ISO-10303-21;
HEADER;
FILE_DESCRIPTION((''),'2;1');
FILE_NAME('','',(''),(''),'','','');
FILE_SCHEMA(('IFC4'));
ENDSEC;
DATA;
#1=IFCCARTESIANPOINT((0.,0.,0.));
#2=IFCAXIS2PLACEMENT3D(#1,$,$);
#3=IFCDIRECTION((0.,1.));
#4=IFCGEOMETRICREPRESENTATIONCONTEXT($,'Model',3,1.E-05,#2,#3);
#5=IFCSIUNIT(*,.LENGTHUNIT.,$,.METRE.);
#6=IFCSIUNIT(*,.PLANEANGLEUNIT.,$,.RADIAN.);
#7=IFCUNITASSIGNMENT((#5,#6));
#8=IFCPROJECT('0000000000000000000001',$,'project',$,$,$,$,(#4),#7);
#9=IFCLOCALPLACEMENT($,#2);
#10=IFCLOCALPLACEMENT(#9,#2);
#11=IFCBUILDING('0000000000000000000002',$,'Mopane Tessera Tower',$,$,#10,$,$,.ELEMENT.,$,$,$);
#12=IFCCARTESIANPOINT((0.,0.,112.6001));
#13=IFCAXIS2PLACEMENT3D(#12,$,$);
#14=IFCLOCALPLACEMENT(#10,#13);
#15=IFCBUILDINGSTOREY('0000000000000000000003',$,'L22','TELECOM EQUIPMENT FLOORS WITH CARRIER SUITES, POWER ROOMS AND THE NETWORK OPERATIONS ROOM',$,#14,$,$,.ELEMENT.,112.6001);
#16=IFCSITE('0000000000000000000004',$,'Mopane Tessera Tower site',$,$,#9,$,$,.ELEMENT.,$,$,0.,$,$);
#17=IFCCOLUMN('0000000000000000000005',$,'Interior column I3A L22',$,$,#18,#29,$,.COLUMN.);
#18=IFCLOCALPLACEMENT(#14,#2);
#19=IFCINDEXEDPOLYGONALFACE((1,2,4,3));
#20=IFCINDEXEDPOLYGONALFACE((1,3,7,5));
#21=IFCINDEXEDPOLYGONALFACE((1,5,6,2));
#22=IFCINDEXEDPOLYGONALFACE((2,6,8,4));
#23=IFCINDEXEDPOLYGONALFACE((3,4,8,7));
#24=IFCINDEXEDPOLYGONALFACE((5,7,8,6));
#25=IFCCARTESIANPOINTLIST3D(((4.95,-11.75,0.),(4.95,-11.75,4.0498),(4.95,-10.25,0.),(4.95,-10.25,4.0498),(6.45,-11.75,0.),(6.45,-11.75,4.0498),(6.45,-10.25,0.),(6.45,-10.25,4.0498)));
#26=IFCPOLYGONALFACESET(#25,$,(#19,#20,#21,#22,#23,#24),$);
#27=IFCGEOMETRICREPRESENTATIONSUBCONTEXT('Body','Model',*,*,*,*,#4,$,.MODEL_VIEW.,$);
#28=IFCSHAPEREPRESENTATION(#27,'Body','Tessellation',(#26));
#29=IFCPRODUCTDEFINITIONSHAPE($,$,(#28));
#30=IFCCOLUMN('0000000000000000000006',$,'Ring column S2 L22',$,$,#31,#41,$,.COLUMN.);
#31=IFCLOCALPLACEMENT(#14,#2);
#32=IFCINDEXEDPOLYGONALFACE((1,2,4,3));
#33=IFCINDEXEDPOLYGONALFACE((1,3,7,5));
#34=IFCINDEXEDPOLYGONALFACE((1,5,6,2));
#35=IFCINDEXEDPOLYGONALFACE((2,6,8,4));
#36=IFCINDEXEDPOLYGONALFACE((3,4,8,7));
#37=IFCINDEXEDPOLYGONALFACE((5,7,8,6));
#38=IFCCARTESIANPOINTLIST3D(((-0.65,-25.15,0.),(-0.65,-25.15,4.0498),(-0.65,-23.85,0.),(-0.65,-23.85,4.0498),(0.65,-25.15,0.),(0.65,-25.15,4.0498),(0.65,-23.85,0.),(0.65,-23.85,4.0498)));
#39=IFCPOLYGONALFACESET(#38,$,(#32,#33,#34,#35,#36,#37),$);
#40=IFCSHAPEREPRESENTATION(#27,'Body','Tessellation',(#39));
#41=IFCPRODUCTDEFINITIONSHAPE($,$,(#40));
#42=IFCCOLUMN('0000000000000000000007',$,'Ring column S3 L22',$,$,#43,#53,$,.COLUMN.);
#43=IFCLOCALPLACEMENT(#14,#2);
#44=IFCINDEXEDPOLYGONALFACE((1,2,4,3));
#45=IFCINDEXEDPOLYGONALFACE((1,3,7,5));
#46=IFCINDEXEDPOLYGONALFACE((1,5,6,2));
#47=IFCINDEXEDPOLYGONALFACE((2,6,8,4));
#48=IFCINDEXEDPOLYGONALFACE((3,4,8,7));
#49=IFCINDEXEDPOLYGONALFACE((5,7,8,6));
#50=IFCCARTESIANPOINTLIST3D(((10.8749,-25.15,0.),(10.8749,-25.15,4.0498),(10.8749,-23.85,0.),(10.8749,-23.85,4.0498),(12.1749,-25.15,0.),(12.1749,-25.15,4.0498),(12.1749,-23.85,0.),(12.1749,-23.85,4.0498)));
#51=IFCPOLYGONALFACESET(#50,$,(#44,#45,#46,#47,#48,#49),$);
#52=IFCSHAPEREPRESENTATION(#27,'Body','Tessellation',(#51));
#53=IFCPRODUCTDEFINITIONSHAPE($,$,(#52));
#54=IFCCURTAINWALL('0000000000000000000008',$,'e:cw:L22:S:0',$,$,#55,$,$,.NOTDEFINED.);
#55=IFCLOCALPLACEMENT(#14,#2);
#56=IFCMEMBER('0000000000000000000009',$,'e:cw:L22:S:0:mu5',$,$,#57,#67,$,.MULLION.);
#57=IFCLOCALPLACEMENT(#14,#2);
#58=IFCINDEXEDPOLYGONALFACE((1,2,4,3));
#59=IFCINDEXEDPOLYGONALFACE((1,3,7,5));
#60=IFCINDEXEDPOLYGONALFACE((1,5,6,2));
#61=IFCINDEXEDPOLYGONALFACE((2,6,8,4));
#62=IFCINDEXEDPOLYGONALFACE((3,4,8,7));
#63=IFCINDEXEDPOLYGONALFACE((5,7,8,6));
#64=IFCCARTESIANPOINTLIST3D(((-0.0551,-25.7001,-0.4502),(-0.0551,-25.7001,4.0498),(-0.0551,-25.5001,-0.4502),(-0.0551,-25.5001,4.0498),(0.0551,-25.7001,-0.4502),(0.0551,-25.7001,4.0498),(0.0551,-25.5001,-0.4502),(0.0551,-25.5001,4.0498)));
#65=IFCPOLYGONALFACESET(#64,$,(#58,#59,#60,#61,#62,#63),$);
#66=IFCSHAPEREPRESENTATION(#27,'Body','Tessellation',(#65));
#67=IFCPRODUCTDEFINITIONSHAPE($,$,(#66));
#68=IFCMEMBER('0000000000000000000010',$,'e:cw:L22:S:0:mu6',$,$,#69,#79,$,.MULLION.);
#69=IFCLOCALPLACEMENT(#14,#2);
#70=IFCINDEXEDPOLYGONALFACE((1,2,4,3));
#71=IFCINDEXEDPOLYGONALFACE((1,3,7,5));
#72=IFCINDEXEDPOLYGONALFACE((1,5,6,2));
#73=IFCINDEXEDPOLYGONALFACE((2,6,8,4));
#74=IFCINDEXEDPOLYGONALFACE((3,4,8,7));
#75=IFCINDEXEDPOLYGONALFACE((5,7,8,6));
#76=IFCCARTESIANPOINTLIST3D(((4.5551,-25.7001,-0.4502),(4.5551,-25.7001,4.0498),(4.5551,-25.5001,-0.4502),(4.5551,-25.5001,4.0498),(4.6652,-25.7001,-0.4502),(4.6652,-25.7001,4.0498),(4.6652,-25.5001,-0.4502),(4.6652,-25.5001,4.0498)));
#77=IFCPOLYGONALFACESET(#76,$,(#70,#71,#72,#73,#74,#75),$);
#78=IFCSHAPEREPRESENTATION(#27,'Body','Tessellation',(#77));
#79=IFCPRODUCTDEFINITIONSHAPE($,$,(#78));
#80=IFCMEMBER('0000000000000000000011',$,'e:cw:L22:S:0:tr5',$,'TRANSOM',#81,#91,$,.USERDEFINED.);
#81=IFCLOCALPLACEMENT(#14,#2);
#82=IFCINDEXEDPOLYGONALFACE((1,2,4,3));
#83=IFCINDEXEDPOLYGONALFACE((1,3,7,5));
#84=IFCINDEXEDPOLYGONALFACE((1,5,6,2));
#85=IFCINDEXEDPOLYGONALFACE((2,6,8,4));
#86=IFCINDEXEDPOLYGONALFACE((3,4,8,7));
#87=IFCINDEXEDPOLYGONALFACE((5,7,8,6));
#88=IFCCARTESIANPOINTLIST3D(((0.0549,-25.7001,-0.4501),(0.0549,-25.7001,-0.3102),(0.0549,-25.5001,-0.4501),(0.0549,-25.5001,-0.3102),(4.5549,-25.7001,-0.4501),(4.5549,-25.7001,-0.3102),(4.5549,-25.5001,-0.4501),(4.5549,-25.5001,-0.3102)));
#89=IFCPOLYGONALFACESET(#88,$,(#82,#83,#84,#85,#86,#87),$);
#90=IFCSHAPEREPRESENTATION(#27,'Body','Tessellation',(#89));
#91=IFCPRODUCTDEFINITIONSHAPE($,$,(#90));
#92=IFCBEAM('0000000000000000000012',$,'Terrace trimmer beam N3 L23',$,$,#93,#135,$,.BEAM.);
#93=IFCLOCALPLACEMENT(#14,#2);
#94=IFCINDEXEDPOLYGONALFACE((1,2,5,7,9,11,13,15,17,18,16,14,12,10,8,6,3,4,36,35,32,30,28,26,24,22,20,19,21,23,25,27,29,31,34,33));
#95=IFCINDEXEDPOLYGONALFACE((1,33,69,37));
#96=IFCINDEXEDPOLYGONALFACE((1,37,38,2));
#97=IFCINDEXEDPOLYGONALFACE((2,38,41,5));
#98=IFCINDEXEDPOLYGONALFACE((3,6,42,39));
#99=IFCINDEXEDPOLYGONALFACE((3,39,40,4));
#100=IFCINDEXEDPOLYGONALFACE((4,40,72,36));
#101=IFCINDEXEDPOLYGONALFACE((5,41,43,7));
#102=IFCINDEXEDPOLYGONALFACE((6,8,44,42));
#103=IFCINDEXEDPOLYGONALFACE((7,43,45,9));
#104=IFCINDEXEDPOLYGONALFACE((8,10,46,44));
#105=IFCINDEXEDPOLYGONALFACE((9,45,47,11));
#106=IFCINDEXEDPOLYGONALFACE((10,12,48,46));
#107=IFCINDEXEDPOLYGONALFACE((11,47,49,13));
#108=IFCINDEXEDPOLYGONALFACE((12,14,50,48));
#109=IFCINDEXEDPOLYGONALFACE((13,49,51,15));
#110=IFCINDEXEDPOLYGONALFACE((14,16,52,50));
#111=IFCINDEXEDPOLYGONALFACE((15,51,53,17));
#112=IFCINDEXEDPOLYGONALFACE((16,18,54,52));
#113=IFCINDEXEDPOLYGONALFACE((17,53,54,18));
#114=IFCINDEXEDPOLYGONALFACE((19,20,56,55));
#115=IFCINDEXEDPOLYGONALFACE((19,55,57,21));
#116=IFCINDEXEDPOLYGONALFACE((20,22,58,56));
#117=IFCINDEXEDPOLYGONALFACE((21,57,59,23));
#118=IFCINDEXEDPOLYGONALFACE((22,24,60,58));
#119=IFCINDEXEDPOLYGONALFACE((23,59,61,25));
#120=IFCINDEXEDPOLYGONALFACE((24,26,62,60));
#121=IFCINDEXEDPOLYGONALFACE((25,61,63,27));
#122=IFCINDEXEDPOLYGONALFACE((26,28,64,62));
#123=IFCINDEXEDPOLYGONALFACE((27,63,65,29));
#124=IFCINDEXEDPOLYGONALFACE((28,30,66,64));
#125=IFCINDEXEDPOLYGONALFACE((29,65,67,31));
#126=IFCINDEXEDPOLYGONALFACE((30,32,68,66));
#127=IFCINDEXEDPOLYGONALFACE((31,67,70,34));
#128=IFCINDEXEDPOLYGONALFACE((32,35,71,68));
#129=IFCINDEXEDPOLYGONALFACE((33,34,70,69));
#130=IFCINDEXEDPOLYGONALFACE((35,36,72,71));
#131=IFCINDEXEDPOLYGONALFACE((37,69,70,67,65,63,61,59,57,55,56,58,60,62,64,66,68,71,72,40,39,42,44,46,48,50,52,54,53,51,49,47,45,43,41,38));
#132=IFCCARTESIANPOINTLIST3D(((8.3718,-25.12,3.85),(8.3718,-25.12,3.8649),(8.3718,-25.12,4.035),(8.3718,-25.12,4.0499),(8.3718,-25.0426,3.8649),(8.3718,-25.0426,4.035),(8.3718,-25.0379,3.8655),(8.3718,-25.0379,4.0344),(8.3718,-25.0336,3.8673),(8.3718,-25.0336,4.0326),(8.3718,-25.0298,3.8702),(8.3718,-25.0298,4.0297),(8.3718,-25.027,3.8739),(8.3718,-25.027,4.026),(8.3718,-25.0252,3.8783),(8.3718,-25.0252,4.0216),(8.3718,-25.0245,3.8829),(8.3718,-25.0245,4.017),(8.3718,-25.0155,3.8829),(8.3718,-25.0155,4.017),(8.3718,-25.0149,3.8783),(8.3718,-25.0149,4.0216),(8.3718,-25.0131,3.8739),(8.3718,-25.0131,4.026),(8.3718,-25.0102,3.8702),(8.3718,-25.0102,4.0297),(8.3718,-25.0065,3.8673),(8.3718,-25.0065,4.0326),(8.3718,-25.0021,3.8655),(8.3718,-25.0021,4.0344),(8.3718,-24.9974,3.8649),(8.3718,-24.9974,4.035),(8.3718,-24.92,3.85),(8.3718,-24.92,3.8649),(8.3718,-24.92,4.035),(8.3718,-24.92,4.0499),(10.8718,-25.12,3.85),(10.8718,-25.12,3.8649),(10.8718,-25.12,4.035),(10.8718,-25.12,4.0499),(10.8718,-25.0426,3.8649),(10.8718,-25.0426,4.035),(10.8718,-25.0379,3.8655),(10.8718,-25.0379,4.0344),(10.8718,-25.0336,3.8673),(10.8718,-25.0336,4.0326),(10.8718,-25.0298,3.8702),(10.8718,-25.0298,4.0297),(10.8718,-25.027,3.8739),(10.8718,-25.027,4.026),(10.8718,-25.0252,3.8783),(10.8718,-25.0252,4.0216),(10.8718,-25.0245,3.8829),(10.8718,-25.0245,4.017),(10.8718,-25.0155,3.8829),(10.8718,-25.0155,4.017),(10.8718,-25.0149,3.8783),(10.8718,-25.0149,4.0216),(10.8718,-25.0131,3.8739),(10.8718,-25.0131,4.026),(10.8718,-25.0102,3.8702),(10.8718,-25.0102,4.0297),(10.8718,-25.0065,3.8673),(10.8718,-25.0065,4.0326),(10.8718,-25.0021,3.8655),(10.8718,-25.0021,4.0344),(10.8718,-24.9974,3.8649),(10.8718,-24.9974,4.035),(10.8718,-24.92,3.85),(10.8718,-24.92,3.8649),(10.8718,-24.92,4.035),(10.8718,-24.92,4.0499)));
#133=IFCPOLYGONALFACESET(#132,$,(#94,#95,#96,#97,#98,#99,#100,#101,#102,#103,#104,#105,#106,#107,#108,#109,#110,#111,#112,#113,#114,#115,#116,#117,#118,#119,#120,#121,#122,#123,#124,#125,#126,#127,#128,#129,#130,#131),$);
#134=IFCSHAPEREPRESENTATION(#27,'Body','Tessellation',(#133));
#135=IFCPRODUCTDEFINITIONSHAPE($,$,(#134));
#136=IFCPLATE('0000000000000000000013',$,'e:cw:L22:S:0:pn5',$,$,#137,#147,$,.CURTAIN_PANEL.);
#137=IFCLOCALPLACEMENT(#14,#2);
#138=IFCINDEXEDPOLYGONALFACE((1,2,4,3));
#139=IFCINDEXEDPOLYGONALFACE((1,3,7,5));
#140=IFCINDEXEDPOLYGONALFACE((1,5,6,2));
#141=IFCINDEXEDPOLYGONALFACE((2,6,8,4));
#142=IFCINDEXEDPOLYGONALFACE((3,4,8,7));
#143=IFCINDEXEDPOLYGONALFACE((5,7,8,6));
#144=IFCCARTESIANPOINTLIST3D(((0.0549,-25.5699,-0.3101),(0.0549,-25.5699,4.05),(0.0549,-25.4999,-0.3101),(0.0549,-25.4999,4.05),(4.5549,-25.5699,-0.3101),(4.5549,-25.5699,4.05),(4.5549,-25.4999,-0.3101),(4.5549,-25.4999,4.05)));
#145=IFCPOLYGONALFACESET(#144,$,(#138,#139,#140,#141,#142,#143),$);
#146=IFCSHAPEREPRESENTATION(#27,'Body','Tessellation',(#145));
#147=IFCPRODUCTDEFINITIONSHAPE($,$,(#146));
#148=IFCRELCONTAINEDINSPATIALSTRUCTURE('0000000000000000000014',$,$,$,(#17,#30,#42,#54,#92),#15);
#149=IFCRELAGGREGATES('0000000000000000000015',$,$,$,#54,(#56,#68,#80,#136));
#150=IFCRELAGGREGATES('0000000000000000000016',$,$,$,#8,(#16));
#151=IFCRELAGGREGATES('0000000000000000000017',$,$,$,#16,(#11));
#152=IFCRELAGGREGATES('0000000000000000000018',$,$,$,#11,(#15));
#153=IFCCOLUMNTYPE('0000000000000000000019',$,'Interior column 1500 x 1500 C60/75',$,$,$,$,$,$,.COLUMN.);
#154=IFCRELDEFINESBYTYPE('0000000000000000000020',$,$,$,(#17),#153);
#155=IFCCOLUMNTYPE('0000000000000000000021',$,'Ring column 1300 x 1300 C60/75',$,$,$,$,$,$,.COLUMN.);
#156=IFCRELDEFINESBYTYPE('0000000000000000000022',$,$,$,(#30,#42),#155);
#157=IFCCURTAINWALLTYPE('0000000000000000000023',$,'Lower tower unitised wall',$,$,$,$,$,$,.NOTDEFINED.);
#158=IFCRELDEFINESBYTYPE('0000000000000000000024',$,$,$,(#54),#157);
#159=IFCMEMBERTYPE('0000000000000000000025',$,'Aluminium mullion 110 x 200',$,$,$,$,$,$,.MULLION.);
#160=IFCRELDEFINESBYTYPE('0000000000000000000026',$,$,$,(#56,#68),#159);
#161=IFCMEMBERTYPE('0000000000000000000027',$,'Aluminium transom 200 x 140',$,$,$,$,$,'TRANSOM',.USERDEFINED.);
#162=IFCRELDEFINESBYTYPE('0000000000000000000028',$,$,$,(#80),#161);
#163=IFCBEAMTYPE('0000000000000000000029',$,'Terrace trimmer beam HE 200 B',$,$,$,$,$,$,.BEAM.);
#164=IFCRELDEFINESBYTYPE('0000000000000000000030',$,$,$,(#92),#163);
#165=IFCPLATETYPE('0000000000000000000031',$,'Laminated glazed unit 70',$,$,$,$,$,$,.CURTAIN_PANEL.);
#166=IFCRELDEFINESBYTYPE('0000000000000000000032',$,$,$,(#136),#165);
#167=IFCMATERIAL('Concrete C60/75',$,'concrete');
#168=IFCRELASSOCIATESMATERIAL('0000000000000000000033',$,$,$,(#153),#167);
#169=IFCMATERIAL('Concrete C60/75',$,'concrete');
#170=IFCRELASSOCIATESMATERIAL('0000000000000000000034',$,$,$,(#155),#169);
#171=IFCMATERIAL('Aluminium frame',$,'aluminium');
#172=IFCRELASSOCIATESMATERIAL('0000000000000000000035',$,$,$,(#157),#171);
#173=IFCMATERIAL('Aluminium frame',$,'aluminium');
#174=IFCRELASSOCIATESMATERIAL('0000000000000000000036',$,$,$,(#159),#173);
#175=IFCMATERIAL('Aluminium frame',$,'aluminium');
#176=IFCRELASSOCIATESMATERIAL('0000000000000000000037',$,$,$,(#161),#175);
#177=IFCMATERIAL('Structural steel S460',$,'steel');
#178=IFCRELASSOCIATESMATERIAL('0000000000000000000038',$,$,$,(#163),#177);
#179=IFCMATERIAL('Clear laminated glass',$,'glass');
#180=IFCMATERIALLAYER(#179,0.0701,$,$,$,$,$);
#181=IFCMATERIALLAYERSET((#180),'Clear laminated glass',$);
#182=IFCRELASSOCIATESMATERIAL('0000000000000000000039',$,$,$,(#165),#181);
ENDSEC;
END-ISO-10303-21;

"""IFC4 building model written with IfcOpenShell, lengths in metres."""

from ifc_helpers import new_model, si_unit, direction, frame, origin, origin_2d, place, context, subcontext, project, spatial, rectangle, i_section, extrude, material, layer, layer_set, material_profile, profile_set, type_object, element, aggregate, save


model = new_model("IFC4")

# Units and contexts
model_context = context("Model", 3, precision=1e-05, world=origin(), true_north=direction((0.0, 1.0)))
body_context = subcontext(model_context, "Body", "Model", "MODEL_VIEW")
ifc_project = project(units=[si_unit("LENGTHUNIT", "METRE"), si_unit("PLANEANGLEUNIT", "RADIAN")], contexts=[model_context])

# Site, building, storey
site_placement = place(None, origin())
site = spatial("IfcSite", under=ifc_project, at=site_placement, Name="Mopane Tessera Tower site", CompositionType="ELEMENT", RefElevation=0.0)
building_placement = place(site_placement, origin())
building = spatial("IfcBuilding", under=site, at=building_placement, Name="Mopane Tessera Tower", CompositionType="ELEMENT")
storey_placement = place(building_placement, frame((0.0, 0.0, 112.6001)))
storey = spatial("IfcBuildingStorey", under=building, at=storey_placement, Name="L22", Description="TELECOM EQUIPMENT FLOORS WITH CARRIER SUITES, POWER ROOMS AND THE NETWORK OPERATIONS ROOM", CompositionType="ELEMENT", Elevation=112.6001)

# Columns
ifc_material_1 = material(Name="Concrete C60/75", Category="concrete")
ifc_material_profile_1 = material_profile(ifc_material_1, rectangle(XDim=1.5, YDim=1.5, at=origin_2d()))
ifc_profile_set_1 = profile_set([ifc_material_profile_1], Name="Concrete C60/75")
column_type_1 = type_object("IfcColumnType", Name="Interior column 1500 x 1500 C60/75", PredefinedType="COLUMN", material=ifc_profile_set_1)
column_placement = place(storey_placement, frame((5.7, -11.0, 0.0), z_axis=(0.0, 0.0, 1.0), x_axis=(1.0, 0.0, 0.0)))
element("IfcColumn", 1, at=column_placement, inside=storey, type_object=column_type_1, Name="Interior column I3A L22", PredefinedType="COLUMN", context=body_context, shape_type="SweptSolid", body=[
    extrude(rectangle(XDim=1.5, YDim=1.5, at=origin_2d()), origin(), (0.0, 0.0, 1.0), 4.0498),
])
ifc_material_2 = material(Name="Concrete C60/75", Category="concrete")
ifc_material_profile_2 = material_profile(ifc_material_2, rectangle(XDim=1.3, YDim=1.3, at=origin_2d()))
ifc_profile_set_2 = profile_set([ifc_material_profile_2], Name="Concrete C60/75")
column_type_2 = type_object("IfcColumnType", Name="Ring column 1300 x 1300 C60/75", PredefinedType="COLUMN", material=ifc_profile_set_2)
for number, where, z_axis, x_axis, name in (
    (2, (0.0, -24.5, 0.0), (0.0, 0.0, 1.0), (1.0, 0.0, 0.0), "Ring column S2 L22"),
    (3, (11.5249, -24.5, 0.0), (0.0, 0.0, 1.0), (1.0, 0.0, 0.0), "Ring column S3 L22"),
):
    element("IfcColumn", number, at=place(storey_placement, frame(where, z_axis=z_axis, x_axis=x_axis)), inside=storey, type_object=column_type_2, Name=name, PredefinedType="COLUMN", context=body_context, shape_type="SweptSolid", body=[
        extrude(rectangle(XDim=1.3, YDim=1.3, at=origin_2d()), origin(), (0.0, 0.0, 1.0), 4.0498),
    ])

# Curtain wall, members
ifc_material_3 = material(Name="Aluminium frame", Category="aluminium")
curtain_wall_type = type_object("IfcCurtainWallType", Name="Lower tower unitised wall", PredefinedType="NOTDEFINED", material=ifc_material_3)
curtain_wall_placement = place(storey_placement, origin())
curtain_wall = element("IfcCurtainWall", 4, at=curtain_wall_placement, inside=storey, type_object=curtain_wall_type, Name="e:cw:L22:S:0", PredefinedType="NOTDEFINED")
ifc_material_4 = material(Name="Aluminium frame", Category="aluminium")
ifc_material_profile_3 = material_profile(ifc_material_4, rectangle(XDim=0.1101, YDim=0.2, at=origin_2d()))
ifc_profile_set_3 = profile_set([ifc_material_profile_3], Name="Aluminium frame")
member_type_1 = type_object("IfcMemberType", Name="Aluminium mullion 110 x 200", PredefinedType="MULLION", material=ifc_profile_set_3)
member_1_placement = place(storey_placement, frame((0.0, -25.6001, -0.4502), z_axis=(0.0, 0.0, 1.0), x_axis=(1.0, 0.0, 0.0)))
member_1 = element("IfcMember", 5, at=member_1_placement, type_object=member_type_1, Name="e:cw:L22:S:0:mu5", PredefinedType="MULLION", context=body_context, shape_type="SweptSolid", body=[
    extrude(rectangle(XDim=0.1101, YDim=0.2, at=origin_2d()), origin(), (0.0, 0.0, 1.0), 4.5),
])
member_2_placement = place(storey_placement, frame((4.6101, -25.6001, -0.4502), z_axis=(0.0, 0.0, 1.0), x_axis=(1.0, 0.0, 0.0)))
member_2 = element("IfcMember", 6, at=member_2_placement, type_object=member_type_1, Name="e:cw:L22:S:0:mu6", PredefinedType="MULLION", context=body_context, shape_type="SweptSolid", body=[
    extrude(rectangle(XDim=0.1101, YDim=0.2, at=origin_2d()), origin(), (0.0, 0.0, 1.0), 4.5),
])
ifc_material_5 = material(Name="Aluminium frame", Category="aluminium")
ifc_material_profile_4 = material_profile(ifc_material_5, rectangle(XDim=0.2, YDim=0.1399, at=origin_2d()))
ifc_profile_set_4 = profile_set([ifc_material_profile_4], Name="Aluminium frame")
member_type_2 = type_object("IfcMemberType", Name="Aluminium transom 200 x 140", ElementType="TRANSOM", PredefinedType="USERDEFINED", material=ifc_profile_set_4)
member_3_placement = place(storey_placement, frame((0.0549, -25.6001, -0.3801), z_axis=(1.0, 0.0, 0.0), x_axis=(0.0, 1.0, 0.0)))
member_3 = element("IfcMember", 7, at=member_3_placement, type_object=member_type_2, Name="e:cw:L22:S:0:tr5", ObjectType="TRANSOM", PredefinedType="USERDEFINED", context=body_context, shape_type="SweptSolid", body=[
    extrude(rectangle(XDim=0.2, YDim=0.1399, at=origin_2d()), origin(), (0.0, 0.0, 1.0), 4.5),
])

# Beam
ifc_material_6 = material(Name="Structural steel S460", Category="steel")
ifc_material_profile_5 = material_profile(ifc_material_6, i_section(OverallWidth=0.2, OverallDepth=0.2, WebThickness=0.009, FlangeThickness=0.0149, FilletRadius=0.0181, at=origin_2d()))
ifc_profile_set_5 = profile_set([ifc_material_profile_5], Name="Structural steel S460")
beam_type = type_object("IfcBeamType", Name="Terrace trimmer beam HE 200 B", PredefinedType="BEAM", material=ifc_profile_set_5)
beam_placement = place(storey_placement, frame((10.8718, -25.02, 3.95), z_axis=(-1.0, 0.0, 0.0), x_axis=(0.0, -1.0, 0.0)))
element("IfcBeam", 8, at=beam_placement, inside=storey, type_object=beam_type, Name="Terrace trimmer beam N3 L23", PredefinedType="BEAM", context=body_context, shape_type="SweptSolid", body=[
    extrude(i_section(OverallWidth=0.2, OverallDepth=0.2, WebThickness=0.009, FlangeThickness=0.0149, FilletRadius=0.0181, at=origin_2d()), origin(), (0.0, 0.0, 1.0), 2.5),
])

# Plate
ifc_material_7 = material(Name="Clear laminated glass", Category="glass")
ifc_layer_1 = layer(ifc_material_7, 0.0701)
ifc_layer_set_1 = layer_set([ifc_layer_1], Name="Clear laminated glass")
plate_type = type_object("IfcPlateType", Name="Laminated glazed unit 70", PredefinedType="CURTAIN_PANEL", material=ifc_layer_set_1)
plate_placement = place(storey_placement, frame((2.3049, -25.5349, -0.3101), z_axis=(0.0, 0.0, 1.0), x_axis=(1.0, 0.0, 0.0)))
plate = element("IfcPlate", 9, at=plate_placement, type_object=plate_type, Name="e:cw:L22:S:0:pn5", PredefinedType="CURTAIN_PANEL", context=body_context, shape_type="SweptSolid", body=[
    extrude(rectangle(XDim=4.5, YDim=0.0701, at=origin_2d()), origin(), (0.0, 0.0, 1.0), 4.3601),
])
aggregate(curtain_wall, [member_1, member_2, member_3, plate])

save(model, "model.ifc")
